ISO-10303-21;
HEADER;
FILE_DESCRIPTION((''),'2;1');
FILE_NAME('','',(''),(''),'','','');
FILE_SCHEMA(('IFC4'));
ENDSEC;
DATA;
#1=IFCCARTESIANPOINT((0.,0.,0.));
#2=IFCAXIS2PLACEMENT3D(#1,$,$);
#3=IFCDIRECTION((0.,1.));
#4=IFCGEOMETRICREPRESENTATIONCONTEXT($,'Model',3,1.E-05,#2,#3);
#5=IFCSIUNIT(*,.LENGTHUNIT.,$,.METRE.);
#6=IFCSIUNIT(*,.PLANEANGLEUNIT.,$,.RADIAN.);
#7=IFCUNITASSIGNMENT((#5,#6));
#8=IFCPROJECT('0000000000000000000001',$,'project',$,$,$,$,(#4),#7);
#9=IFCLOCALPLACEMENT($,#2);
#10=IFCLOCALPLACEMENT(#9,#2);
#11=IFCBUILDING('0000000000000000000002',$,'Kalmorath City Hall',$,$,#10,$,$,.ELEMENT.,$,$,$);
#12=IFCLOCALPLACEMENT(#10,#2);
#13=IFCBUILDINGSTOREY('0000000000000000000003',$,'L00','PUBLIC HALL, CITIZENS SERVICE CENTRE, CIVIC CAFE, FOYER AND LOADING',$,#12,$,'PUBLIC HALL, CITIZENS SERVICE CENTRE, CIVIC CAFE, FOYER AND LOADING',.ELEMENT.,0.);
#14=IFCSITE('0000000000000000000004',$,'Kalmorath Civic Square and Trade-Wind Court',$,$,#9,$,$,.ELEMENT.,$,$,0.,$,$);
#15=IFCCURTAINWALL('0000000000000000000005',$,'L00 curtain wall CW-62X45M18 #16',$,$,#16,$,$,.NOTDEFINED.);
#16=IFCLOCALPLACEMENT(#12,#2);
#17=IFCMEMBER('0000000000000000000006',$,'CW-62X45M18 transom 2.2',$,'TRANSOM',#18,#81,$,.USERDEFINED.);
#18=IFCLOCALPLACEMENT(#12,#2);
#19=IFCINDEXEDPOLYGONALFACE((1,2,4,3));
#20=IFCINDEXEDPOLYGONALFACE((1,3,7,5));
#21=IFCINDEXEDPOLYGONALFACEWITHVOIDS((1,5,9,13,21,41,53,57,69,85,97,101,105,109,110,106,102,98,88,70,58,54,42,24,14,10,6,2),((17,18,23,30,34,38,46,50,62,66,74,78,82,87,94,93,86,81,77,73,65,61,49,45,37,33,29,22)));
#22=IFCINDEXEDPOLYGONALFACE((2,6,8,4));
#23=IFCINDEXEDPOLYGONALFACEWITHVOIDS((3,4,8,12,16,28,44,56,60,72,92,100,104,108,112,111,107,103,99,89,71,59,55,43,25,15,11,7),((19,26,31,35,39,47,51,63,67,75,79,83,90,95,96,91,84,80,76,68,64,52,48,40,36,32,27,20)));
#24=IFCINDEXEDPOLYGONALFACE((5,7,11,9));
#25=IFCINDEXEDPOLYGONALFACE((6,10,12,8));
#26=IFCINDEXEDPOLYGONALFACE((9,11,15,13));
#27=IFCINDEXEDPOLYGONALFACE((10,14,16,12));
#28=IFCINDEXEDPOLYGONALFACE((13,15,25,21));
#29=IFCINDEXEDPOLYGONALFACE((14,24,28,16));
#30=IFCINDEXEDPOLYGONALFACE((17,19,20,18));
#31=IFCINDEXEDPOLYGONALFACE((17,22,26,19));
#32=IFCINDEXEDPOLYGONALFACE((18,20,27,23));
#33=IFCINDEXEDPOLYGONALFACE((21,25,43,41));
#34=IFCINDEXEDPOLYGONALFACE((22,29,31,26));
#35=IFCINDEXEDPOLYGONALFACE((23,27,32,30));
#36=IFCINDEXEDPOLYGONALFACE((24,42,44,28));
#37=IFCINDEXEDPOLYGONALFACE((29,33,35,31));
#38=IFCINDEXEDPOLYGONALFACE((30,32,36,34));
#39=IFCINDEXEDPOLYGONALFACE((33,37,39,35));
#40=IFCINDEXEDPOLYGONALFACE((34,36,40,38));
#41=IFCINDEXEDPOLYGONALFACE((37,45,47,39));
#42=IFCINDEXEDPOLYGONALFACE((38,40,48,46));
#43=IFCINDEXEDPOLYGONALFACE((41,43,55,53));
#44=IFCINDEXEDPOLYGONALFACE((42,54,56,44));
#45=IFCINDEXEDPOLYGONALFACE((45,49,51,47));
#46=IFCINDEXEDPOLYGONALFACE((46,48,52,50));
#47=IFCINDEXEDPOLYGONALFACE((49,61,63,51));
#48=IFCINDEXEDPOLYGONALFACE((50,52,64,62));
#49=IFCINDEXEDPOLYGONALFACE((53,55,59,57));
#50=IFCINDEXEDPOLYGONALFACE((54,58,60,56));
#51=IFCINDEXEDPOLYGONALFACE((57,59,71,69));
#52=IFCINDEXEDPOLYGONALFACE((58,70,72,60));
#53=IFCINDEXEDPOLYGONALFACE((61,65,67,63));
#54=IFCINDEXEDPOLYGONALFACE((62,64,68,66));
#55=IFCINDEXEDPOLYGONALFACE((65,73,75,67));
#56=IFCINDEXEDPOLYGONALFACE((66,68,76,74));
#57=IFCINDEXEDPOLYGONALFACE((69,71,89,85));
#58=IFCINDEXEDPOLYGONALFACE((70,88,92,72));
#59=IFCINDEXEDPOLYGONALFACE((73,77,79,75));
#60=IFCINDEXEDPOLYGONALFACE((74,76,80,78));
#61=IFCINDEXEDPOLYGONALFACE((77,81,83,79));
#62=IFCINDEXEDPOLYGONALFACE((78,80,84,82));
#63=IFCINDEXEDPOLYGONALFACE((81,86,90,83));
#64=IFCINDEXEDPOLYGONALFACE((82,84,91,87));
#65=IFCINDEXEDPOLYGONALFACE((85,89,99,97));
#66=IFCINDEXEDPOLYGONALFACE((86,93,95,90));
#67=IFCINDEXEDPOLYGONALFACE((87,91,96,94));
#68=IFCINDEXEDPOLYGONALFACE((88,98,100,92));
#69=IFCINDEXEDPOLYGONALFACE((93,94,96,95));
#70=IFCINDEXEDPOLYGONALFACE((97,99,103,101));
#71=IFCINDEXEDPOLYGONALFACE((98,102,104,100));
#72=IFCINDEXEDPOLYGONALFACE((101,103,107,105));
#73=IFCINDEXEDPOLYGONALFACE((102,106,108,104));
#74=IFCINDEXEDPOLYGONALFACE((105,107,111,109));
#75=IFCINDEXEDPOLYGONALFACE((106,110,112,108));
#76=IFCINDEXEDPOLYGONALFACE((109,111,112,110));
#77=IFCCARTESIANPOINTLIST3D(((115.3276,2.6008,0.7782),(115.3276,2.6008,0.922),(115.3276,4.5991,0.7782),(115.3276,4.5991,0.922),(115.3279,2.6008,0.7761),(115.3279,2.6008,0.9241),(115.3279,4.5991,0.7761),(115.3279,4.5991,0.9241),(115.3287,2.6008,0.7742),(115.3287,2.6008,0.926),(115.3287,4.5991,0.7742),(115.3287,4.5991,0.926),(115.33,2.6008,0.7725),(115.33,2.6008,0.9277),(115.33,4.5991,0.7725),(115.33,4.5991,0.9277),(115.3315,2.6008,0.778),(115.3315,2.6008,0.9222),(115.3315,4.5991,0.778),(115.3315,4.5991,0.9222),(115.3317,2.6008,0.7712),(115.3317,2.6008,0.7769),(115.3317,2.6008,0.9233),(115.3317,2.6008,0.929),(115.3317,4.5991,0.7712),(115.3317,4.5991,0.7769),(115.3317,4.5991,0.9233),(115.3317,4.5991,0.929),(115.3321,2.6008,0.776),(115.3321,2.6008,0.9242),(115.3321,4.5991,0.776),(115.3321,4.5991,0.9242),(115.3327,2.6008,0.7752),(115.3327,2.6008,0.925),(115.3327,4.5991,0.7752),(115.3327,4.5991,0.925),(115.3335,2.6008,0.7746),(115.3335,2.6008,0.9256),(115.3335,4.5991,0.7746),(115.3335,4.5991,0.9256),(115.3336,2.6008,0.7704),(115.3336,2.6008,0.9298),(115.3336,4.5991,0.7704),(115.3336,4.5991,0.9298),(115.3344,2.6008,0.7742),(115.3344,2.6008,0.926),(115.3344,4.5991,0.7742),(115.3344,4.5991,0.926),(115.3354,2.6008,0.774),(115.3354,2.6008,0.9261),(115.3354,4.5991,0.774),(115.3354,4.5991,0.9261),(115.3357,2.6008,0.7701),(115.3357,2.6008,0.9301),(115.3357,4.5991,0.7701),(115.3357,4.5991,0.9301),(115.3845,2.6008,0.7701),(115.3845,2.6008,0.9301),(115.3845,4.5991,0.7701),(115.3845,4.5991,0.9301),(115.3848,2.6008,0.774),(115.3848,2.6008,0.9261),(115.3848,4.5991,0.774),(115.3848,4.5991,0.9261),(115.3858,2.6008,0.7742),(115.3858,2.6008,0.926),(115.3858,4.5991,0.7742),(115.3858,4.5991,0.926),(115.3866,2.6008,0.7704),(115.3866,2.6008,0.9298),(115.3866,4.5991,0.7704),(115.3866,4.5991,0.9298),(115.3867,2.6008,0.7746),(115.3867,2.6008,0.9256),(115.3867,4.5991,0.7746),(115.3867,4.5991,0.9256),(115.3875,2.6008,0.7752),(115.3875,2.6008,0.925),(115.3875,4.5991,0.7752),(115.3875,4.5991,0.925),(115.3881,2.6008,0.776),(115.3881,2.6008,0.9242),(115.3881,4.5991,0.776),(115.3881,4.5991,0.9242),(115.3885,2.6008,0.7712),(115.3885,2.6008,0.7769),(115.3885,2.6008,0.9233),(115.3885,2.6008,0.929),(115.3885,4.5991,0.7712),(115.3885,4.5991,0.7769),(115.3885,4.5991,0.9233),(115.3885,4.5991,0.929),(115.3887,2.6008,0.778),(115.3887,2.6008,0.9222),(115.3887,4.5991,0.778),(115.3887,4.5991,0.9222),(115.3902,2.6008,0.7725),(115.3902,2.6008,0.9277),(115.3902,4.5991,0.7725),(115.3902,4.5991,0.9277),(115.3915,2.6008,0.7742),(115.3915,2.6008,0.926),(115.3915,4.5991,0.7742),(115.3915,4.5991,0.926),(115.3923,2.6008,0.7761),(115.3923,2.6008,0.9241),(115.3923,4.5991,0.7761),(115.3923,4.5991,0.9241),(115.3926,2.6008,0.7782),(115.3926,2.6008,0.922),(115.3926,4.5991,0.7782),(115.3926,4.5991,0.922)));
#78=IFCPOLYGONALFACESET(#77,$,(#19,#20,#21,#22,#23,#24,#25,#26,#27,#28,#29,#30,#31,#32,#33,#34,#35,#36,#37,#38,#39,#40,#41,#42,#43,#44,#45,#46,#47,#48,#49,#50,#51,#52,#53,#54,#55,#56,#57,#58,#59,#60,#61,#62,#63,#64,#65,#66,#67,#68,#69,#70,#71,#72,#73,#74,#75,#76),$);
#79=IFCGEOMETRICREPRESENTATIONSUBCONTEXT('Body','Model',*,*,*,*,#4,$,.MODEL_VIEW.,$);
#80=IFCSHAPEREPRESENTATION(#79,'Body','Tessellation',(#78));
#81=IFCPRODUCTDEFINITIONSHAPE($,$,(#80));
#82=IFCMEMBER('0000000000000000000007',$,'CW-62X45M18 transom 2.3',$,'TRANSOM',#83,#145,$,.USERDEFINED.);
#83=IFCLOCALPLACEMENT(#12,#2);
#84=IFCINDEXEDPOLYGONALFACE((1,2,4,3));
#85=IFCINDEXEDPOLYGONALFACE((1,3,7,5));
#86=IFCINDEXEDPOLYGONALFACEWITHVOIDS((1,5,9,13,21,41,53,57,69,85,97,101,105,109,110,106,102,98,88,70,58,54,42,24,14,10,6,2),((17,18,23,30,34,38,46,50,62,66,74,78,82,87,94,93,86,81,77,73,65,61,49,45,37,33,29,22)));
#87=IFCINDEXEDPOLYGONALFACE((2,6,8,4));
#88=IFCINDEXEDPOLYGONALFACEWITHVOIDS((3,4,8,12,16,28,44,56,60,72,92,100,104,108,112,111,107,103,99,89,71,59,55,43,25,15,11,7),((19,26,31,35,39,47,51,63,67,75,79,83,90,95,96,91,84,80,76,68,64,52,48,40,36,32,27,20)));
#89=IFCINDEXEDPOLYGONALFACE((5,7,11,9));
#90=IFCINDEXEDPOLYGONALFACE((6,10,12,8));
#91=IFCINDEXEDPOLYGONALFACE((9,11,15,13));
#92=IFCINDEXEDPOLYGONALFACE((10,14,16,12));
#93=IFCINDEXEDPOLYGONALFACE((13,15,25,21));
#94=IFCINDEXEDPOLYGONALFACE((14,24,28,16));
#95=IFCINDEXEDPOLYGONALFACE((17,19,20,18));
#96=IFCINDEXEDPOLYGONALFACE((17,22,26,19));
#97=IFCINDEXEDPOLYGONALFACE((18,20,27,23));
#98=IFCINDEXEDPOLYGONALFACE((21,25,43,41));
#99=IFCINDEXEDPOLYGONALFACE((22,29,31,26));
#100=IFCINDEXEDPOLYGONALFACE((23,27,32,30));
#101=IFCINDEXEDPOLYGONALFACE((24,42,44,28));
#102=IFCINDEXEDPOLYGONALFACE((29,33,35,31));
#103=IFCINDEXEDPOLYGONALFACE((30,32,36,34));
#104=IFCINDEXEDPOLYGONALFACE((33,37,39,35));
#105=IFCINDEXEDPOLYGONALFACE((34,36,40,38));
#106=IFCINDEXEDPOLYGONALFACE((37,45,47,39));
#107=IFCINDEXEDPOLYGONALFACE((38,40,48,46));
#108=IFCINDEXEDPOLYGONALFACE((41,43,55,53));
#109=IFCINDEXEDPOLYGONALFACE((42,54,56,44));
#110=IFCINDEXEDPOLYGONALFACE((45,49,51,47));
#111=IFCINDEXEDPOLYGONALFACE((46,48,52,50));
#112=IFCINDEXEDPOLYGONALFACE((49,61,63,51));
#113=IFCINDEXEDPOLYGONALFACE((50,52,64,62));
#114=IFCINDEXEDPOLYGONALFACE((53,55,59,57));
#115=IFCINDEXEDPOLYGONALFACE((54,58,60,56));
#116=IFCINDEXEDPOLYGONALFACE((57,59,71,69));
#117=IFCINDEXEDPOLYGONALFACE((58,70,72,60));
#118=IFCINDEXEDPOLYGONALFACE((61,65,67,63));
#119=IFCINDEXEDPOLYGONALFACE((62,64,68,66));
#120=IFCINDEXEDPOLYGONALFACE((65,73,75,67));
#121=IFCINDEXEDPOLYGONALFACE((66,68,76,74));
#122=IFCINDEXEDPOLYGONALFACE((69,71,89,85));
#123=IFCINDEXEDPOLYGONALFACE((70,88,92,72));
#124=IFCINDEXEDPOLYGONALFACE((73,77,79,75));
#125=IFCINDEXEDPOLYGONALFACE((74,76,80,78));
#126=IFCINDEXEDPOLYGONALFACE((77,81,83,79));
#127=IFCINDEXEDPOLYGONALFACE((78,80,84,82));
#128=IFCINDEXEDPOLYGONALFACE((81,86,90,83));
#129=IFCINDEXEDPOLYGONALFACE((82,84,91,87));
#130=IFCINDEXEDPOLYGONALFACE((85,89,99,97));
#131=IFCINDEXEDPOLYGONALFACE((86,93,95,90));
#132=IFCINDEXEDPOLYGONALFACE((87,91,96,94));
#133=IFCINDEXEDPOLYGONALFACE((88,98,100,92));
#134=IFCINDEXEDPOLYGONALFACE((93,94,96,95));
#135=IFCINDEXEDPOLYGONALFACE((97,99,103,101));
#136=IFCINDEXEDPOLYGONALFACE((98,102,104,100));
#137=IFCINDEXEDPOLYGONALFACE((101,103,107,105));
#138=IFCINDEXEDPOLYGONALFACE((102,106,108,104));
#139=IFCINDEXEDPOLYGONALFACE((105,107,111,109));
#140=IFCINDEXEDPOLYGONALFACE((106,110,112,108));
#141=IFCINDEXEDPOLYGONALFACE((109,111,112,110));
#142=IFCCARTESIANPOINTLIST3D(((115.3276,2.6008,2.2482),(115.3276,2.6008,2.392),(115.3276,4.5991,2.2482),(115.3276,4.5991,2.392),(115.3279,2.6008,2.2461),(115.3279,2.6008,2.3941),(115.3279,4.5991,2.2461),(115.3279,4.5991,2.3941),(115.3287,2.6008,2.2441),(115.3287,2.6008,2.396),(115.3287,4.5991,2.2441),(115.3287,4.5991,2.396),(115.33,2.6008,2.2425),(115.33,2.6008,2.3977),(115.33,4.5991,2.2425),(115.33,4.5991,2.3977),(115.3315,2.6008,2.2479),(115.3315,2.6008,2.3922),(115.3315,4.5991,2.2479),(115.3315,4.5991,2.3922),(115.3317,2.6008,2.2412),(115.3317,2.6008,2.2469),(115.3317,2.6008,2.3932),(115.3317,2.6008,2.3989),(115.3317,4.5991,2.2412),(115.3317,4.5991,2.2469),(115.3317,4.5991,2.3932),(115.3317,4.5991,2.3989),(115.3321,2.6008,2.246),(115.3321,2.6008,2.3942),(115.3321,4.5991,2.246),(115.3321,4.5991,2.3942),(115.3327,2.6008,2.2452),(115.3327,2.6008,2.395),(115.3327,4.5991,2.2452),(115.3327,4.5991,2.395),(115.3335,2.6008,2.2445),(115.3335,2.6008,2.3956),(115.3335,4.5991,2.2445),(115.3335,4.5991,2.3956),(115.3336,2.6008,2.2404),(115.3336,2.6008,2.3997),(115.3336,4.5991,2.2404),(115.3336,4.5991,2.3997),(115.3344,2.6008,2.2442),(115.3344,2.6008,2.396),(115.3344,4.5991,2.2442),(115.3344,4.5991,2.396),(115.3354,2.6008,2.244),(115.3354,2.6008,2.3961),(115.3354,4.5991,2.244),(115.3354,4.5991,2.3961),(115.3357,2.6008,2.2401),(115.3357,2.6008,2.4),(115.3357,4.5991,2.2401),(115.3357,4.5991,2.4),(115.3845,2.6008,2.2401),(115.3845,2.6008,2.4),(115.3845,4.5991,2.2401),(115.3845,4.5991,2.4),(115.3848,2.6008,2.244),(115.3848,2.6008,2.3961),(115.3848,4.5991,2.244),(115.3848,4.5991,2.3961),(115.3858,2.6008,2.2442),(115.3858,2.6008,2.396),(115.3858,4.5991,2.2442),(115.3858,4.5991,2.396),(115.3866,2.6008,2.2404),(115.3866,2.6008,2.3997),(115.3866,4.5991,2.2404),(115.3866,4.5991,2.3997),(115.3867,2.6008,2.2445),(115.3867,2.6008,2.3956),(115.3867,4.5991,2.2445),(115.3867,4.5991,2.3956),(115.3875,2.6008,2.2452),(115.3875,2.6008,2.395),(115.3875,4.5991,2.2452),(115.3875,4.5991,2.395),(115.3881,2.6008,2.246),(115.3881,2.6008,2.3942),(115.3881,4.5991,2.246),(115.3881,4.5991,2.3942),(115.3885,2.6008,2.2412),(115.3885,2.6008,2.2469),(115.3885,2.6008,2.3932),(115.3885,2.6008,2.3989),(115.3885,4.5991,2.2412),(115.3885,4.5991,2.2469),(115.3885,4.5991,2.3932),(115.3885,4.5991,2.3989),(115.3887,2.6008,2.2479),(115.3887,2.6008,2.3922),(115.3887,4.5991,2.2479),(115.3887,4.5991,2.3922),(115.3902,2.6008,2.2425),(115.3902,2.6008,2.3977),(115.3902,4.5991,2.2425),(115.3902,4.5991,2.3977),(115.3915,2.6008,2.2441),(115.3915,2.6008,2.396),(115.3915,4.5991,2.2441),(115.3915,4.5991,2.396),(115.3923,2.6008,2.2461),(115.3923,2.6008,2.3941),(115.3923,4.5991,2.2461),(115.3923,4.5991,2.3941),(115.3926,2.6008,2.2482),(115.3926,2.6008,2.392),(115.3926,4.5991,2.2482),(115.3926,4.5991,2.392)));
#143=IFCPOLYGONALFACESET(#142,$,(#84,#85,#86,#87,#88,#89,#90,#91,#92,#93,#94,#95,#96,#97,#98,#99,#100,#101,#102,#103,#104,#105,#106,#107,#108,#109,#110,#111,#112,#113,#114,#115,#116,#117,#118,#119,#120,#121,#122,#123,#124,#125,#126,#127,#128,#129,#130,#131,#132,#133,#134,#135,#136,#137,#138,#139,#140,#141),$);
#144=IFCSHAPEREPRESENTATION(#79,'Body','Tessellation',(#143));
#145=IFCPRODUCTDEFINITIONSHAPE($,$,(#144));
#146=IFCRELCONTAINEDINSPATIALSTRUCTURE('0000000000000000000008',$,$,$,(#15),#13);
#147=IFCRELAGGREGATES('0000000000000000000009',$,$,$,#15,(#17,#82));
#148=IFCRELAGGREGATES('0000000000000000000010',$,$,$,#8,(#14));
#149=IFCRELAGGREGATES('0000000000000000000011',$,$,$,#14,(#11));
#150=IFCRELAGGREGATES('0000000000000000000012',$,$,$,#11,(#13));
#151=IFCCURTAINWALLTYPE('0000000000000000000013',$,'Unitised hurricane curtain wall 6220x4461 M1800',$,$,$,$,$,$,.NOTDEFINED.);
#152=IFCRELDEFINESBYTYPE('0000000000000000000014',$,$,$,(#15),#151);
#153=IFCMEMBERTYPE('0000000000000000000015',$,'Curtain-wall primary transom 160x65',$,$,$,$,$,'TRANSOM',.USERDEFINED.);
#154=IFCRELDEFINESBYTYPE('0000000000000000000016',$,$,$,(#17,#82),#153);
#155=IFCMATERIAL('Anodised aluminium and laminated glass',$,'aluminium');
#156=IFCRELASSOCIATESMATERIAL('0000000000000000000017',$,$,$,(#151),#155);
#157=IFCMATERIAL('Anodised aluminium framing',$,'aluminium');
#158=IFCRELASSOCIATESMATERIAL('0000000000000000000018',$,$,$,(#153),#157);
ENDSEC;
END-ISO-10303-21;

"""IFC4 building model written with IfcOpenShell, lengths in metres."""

from ifc_helpers import new_model, si_unit, direction, frame, origin, origin_2d, place, context, subcontext, project, spatial, hollow_rectangle, extrude, material, material_profile, profile_set, type_object, element, aggregate, save


model = new_model("IFC4")

# Units and contexts
model_context = context("Model", 3, precision=1e-05, world=origin(), true_north=direction((0.0, 1.0)))
body_context = subcontext(model_context, "Body", "Model", "MODEL_VIEW")
ifc_project = project(units=[si_unit("LENGTHUNIT", "METRE"), si_unit("PLANEANGLEUNIT", "RADIAN")], contexts=[model_context])

# Site, building, storey
site_placement = place(None, origin())
site = spatial("IfcSite", under=ifc_project, at=site_placement, Name="Kalmorath Civic Square and Trade-Wind Court", CompositionType="ELEMENT", RefElevation=0.0)
building_placement = place(site_placement, origin())
building = spatial("IfcBuilding", under=site, at=building_placement, Name="Kalmorath City Hall", CompositionType="ELEMENT")
storey_placement = place(building_placement, origin())
storey = spatial("IfcBuildingStorey", under=building, at=storey_placement, Name="L00", Description="PUBLIC HALL, CITIZENS SERVICE CENTRE, CIVIC CAFE, FOYER AND LOADING", LongName="PUBLIC HALL, CITIZENS SERVICE CENTRE, CIVIC CAFE, FOYER AND LOADING", CompositionType="ELEMENT", Elevation=0.0)

# Curtain wall
ifc_material_1 = material(Name="Anodised aluminium and laminated glass", Category="aluminium")
curtain_wall_type_1 = type_object("IfcCurtainWallType", Name="Unitised hurricane curtain wall 6220x4461 M1800", PredefinedType="NOTDEFINED", material=ifc_material_1)
curtain_wall_1_placement = place(storey_placement, origin())
curtain_wall_1 = element("IfcCurtainWall", 1, at=curtain_wall_1_placement, inside=storey, type_object=curtain_wall_type_1, Name="L00 curtain wall CW-62X45M18 #16", PredefinedType="NOTDEFINED")

# Members
ifc_material_2 = material(Name="Anodised aluminium framing", Category="aluminium")
ifc_material_profile_1 = material_profile(ifc_material_2, hollow_rectangle(XDim=0.0649, YDim=0.1599, WallThickness=0.0039, InnerFilletRadius=0.0039, OuterFilletRadius=0.0081, at=origin_2d()), Name="ALU-TRN-160X65X4")
ifc_profile_set_1 = profile_set([ifc_material_profile_1], Name="Anodised aluminium framing")
member_type_1 = type_object("IfcMemberType", Name="Curtain-wall primary transom 160x65", ElementType="TRANSOM", PredefinedType="USERDEFINED", material=ifc_profile_set_1)
member_1_placement = place(storey_placement, frame((115.3601, 2.6008, 0.8501), z_axis=(0.0, 1.0, 0.0), x_axis=(-1.0, 0.0, 0.0)))
member_1 = element("IfcMember", 2, at=member_1_placement, type_object=member_type_1, Name="CW-62X45M18 transom 2.2", ObjectType="TRANSOM", PredefinedType="USERDEFINED", context=body_context, shape_type="SweptSolid", body=[
    extrude(hollow_rectangle(XDim=0.0649, YDim=0.1599, WallThickness=0.0039, InnerFilletRadius=0.0039, OuterFilletRadius=0.0081, at=origin_2d()), origin(), (0.0, 0.0, 1.0), 1.9983),
])
member_2_placement = place(storey_placement, frame((115.3601, 2.6008, 2.3201), z_axis=(0.0, 1.0, 0.0), x_axis=(-1.0, 0.0, 0.0)))
member_2 = element("IfcMember", 3, at=member_2_placement, type_object=member_type_1, Name="CW-62X45M18 transom 2.3", ObjectType="TRANSOM", PredefinedType="USERDEFINED", context=body_context, shape_type="SweptSolid", body=[
    extrude(hollow_rectangle(XDim=0.0649, YDim=0.1599, WallThickness=0.0039, InnerFilletRadius=0.0039, OuterFilletRadius=0.0081, at=origin_2d()), origin(), (0.0, 0.0, 1.0), 1.9983),
])

aggregate(curtain_wall_1, [member_1, member_2])

save(model, "model.ifc")
